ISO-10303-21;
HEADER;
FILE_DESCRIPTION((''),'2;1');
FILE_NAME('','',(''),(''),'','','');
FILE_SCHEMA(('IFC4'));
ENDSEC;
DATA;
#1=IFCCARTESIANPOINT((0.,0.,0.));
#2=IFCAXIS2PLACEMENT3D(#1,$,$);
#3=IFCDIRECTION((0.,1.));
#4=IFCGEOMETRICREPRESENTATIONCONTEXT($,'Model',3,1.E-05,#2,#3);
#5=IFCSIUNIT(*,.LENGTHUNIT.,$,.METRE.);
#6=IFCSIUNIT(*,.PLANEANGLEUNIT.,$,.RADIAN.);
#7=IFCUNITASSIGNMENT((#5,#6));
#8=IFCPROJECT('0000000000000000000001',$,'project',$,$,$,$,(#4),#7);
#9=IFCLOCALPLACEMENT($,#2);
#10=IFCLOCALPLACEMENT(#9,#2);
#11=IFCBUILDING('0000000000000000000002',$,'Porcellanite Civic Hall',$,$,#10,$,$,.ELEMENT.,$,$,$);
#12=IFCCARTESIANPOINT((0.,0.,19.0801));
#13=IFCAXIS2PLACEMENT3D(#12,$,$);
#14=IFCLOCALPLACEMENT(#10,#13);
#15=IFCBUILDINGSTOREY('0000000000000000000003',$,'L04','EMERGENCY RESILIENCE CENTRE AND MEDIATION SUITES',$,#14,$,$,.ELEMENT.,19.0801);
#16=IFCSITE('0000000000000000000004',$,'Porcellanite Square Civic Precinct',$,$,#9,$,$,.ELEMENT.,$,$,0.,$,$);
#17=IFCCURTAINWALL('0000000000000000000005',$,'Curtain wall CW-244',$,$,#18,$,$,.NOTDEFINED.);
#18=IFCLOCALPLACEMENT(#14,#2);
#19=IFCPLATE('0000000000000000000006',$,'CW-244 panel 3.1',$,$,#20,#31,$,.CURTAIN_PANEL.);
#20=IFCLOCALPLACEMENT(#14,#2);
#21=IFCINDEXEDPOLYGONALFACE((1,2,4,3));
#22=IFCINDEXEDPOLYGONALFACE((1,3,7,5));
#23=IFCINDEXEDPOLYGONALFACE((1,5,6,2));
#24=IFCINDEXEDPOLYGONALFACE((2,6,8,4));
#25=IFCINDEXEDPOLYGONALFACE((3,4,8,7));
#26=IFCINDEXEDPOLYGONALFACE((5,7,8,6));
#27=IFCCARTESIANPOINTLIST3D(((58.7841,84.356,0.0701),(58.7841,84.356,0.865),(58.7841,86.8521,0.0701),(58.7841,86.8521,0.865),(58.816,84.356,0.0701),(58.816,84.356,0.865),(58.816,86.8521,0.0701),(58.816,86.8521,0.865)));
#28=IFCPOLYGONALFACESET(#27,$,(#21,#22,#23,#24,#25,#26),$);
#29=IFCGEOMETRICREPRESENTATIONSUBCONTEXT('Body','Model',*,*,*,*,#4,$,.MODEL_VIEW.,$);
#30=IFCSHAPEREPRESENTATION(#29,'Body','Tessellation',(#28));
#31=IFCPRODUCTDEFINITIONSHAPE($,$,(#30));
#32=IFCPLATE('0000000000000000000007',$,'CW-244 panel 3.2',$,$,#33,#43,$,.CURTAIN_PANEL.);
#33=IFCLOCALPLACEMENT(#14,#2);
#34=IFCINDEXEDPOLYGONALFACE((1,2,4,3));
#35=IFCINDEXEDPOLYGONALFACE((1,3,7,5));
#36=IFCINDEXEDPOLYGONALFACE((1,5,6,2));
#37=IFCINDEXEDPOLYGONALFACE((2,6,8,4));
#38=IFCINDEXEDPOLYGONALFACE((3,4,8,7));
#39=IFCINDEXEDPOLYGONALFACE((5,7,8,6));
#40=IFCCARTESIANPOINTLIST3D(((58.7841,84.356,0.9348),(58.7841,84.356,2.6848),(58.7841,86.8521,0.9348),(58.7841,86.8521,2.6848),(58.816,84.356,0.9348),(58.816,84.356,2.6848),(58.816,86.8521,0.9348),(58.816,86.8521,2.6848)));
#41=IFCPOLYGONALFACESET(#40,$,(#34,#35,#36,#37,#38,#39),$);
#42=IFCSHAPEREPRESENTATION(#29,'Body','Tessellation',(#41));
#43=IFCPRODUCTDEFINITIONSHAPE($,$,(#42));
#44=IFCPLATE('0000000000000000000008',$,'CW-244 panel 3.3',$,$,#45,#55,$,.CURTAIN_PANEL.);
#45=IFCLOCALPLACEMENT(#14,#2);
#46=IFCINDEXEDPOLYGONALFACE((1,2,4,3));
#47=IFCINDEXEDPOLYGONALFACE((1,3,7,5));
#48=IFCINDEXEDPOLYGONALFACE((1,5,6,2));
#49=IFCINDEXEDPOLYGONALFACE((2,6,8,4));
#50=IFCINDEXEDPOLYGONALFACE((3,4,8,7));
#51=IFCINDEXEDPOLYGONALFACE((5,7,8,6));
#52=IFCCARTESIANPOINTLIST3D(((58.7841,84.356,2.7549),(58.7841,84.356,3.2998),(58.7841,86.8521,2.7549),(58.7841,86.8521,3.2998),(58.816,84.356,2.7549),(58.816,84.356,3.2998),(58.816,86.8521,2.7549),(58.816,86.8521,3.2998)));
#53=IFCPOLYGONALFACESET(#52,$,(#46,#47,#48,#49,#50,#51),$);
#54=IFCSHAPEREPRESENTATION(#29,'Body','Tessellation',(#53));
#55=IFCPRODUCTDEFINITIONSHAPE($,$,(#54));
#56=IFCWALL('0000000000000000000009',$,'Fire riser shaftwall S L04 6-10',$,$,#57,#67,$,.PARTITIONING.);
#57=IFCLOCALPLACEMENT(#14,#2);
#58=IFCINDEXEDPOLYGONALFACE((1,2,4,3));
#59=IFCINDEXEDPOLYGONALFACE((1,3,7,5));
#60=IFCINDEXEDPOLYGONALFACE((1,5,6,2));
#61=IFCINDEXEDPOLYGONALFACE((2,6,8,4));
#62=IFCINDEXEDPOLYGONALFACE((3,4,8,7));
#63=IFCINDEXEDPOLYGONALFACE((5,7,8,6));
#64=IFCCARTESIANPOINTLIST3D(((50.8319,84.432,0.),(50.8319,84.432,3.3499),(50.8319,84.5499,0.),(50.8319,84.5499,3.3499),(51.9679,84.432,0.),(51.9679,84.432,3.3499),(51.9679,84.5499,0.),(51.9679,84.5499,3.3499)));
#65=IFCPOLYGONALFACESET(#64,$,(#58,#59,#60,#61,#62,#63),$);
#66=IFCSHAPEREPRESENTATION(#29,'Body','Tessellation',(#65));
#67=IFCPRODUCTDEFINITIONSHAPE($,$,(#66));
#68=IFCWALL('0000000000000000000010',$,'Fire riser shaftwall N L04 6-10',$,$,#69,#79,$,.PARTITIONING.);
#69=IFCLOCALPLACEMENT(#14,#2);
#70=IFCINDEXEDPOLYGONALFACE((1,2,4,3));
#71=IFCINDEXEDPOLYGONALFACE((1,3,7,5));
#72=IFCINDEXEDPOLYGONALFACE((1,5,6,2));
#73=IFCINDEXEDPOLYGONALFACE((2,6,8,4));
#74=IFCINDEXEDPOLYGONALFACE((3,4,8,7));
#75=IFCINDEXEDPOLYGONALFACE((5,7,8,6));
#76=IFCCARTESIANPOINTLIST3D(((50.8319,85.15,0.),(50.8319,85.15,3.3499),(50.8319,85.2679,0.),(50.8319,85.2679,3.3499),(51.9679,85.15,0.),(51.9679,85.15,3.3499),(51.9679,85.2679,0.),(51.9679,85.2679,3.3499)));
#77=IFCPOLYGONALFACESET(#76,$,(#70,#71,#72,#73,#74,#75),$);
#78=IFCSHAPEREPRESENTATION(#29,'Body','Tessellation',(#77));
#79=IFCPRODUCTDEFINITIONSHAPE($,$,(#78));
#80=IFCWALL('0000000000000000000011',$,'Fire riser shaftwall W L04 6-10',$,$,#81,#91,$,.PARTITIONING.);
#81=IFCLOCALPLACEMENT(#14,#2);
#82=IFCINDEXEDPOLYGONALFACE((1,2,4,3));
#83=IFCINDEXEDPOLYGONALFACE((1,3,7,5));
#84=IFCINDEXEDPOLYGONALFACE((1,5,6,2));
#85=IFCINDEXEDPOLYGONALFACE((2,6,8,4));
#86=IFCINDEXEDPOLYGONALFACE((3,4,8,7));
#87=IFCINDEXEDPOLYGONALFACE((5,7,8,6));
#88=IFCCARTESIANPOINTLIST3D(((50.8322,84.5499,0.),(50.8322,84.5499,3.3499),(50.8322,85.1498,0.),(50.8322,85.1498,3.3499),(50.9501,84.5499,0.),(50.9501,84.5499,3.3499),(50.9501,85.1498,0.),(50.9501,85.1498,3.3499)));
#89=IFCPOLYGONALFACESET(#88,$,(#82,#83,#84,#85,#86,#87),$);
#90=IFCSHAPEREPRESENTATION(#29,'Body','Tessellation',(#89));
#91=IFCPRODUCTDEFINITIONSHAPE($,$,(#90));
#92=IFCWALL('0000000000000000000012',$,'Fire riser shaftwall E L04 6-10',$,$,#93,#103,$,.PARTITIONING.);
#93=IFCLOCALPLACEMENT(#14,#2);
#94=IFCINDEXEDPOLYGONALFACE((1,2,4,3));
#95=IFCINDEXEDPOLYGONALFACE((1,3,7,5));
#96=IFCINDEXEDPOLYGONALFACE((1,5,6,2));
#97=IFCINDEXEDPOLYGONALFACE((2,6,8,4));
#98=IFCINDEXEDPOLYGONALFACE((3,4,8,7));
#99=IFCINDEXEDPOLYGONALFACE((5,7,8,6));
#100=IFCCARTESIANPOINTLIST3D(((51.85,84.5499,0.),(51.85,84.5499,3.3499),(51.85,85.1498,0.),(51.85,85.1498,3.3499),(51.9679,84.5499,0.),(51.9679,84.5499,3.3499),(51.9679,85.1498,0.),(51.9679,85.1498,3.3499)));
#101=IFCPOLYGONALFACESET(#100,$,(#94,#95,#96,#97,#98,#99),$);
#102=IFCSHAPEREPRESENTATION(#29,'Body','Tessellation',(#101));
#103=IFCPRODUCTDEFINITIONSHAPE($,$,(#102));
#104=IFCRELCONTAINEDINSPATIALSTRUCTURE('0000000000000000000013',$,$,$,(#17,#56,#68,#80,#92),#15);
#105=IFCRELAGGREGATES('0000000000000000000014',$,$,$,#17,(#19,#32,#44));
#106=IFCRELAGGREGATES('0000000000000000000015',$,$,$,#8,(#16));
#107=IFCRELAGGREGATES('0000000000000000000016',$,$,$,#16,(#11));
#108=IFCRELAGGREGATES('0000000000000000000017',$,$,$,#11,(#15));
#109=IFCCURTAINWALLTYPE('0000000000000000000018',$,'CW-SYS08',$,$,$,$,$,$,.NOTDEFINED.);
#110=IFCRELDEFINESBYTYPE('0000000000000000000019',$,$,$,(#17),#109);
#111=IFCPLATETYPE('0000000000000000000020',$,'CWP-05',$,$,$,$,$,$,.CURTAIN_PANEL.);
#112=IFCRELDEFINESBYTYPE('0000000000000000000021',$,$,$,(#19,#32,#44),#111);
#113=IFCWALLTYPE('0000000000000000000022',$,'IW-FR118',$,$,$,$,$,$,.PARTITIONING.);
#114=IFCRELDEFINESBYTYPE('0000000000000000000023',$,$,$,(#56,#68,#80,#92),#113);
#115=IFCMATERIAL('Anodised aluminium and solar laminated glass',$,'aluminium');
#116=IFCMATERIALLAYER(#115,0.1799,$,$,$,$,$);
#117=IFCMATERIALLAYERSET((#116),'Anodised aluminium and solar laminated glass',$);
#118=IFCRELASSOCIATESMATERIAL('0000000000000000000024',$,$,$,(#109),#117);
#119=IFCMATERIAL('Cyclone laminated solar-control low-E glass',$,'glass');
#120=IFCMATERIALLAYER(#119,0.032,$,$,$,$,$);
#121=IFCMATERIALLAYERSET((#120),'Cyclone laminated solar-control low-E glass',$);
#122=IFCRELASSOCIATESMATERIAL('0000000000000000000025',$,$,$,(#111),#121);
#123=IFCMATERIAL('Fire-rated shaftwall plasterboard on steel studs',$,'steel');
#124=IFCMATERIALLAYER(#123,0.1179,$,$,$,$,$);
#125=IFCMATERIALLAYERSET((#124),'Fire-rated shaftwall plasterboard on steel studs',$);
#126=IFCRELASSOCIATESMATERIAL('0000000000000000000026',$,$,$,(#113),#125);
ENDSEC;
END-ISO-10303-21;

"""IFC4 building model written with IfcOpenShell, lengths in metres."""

from ifc_helpers import new_model, si_unit, direction, frame, frame_2d, origin, origin_2d, place, context, subcontext, project, spatial, rectangle, extrude, material, layer, layer_set, type_object, element, aggregate, save


model = new_model("IFC4")

# Units and contexts
model_context = context("Model", 3, precision=1e-05, world=origin(), true_north=direction((0.0, 1.0)))
body_context = subcontext(model_context, "Body", "Model", "MODEL_VIEW")
ifc_project = project(units=[si_unit("LENGTHUNIT", "METRE"), si_unit("PLANEANGLEUNIT", "RADIAN")], contexts=[model_context])

# Site, building, storey
site_placement = place(None, origin())
site = spatial("IfcSite", under=ifc_project, at=site_placement, Name="Porcellanite Square Civic Precinct", CompositionType="ELEMENT", RefElevation=0.0)
building_placement = place(site_placement, origin())
building = spatial("IfcBuilding", under=site, at=building_placement, Name="Porcellanite Civic Hall", CompositionType="ELEMENT")
storey_placement = place(building_placement, frame((0.0, 0.0, 19.0801)))
storey = spatial("IfcBuildingStorey", under=building, at=storey_placement, Name="L04", Description="EMERGENCY RESILIENCE CENTRE AND MEDIATION SUITES", CompositionType="ELEMENT", Elevation=19.0801)

# Curtain wall
ifc_material_1 = material(Name="Anodised aluminium and solar laminated glass", Category="aluminium")
ifc_layer_1 = layer(ifc_material_1, 0.1799)
ifc_layer_set_1 = layer_set([ifc_layer_1], Name="Anodised aluminium and solar laminated glass")
curtain_wall_type_1 = type_object("IfcCurtainWallType", Name="CW-SYS08", PredefinedType="NOTDEFINED", material=ifc_layer_set_1)
curtain_wall_1_placement = place(storey_placement, origin())
curtain_wall_1 = element("IfcCurtainWall", 1, at=curtain_wall_1_placement, inside=storey, type_object=curtain_wall_type_1, Name="Curtain wall CW-244", PredefinedType="NOTDEFINED")

# Plates
ifc_material_2 = material(Name="Cyclone laminated solar-control low-E glass", Category="glass")
ifc_layer_2 = layer(ifc_material_2, 0.032)
ifc_layer_set_2 = layer_set([ifc_layer_2], Name="Cyclone laminated solar-control low-E glass")
plate_type_1 = type_object("IfcPlateType", Name="CWP-05", PredefinedType="CURTAIN_PANEL", material=ifc_layer_set_2)
plate_1_placement = place(storey_placement, frame((58.8, 85.604, 0.0701), z_axis=(0.0, 0.0, 1.0), x_axis=(0.0, -1.0, 0.0)))
plate_1 = element("IfcPlate", 2, at=plate_1_placement, type_object=plate_type_1, Name="CW-244 panel 3.1", PredefinedType="CURTAIN_PANEL", context=body_context, shape_type="SweptSolid", body=[
    extrude(rectangle(XDim=2.4961, YDim=0.032, at=origin_2d()), origin(), (0.0, 0.0, 1.0), 0.7949),
])
plate_2_placement = place(storey_placement, frame((58.8, 85.604, 0.9348), z_axis=(0.0, 0.0, 1.0), x_axis=(0.0, -1.0, 0.0)))
plate_2 = element("IfcPlate", 3, at=plate_2_placement, type_object=plate_type_1, Name="CW-244 panel 3.2", PredefinedType="CURTAIN_PANEL", context=body_context, shape_type="SweptSolid", body=[
    extrude(rectangle(XDim=2.4961, YDim=0.032, at=origin_2d()), origin(), (0.0, 0.0, 1.0), 1.75),
])
plate_3_placement = place(storey_placement, frame((58.8, 85.604, 2.7549), z_axis=(0.0, 0.0, 1.0), x_axis=(0.0, -1.0, 0.0)))
plate_3 = element("IfcPlate", 4, at=plate_3_placement, type_object=plate_type_1, Name="CW-244 panel 3.3", PredefinedType="CURTAIN_PANEL", context=body_context, shape_type="SweptSolid", body=[
    extrude(rectangle(XDim=2.4961, YDim=0.032, at=origin_2d()), origin(), (0.0, 0.0, 1.0), 0.5449),
])
aggregate(curtain_wall_1, [plate_1, plate_2, plate_3])

# Walls
ifc_material_3 = material(Name="Fire-rated shaftwall plasterboard on steel studs", Category="steel")
ifc_layer_3 = layer(ifc_material_3, 0.1179)
ifc_layer_set_3 = layer_set([ifc_layer_3], Name="Fire-rated shaftwall plasterboard on steel studs")
wall_type = type_object("IfcWallType", Name="IW-FR118", PredefinedType="PARTITIONING", material=ifc_layer_set_3)
for number, where, z_axis, x_axis, name in (
    (5, (50.832, 84.491, 0.0), (0.0, 0.0, 1.0), (1.0, 0.0, 0.0), "Fire riser shaftwall S L04 6-10"),
    (6, (50.832, 85.209, 0.0), (0.0, 0.0, 1.0), (1.0, 0.0, 0.0), "Fire riser shaftwall N L04 6-10"),
):
    element("IfcWall", number, at=place(storey_placement, frame(where, z_axis=z_axis, x_axis=x_axis)), inside=storey, type_object=wall_type, Name=name, PredefinedType="PARTITIONING", context=body_context, shape_type="SweptSolid", body=[
        extrude(rectangle(XDim=1.136, YDim=0.1179, at=frame_2d((0.5679, 0.0))), origin(), (0.0, 0.0, 1.0), 3.3499),
    ])
for number, where, z_axis, x_axis, name in (
    (7, (50.8911, 84.55, 0.0), (0.0, 0.0, 1.0), (0.0, 1.0, 0.0), "Fire riser shaftwall W L04 6-10"),
    (8, (51.9089, 84.55, 0.0), (0.0, 0.0, 1.0), (0.0, 1.0, 0.0), "Fire riser shaftwall E L04 6-10"),
):
    element("IfcWall", number, at=place(storey_placement, frame(where, z_axis=z_axis, x_axis=x_axis)), inside=storey, type_object=wall_type, Name=name, PredefinedType="PARTITIONING", context=body_context, shape_type="SweptSolid", body=[
        extrude(rectangle(XDim=0.5999, YDim=0.1179, at=frame_2d((0.2998, 0.0))), origin(), (0.0, 0.0, 1.0), 3.3499),
    ])

save(model, "model.ifc")
